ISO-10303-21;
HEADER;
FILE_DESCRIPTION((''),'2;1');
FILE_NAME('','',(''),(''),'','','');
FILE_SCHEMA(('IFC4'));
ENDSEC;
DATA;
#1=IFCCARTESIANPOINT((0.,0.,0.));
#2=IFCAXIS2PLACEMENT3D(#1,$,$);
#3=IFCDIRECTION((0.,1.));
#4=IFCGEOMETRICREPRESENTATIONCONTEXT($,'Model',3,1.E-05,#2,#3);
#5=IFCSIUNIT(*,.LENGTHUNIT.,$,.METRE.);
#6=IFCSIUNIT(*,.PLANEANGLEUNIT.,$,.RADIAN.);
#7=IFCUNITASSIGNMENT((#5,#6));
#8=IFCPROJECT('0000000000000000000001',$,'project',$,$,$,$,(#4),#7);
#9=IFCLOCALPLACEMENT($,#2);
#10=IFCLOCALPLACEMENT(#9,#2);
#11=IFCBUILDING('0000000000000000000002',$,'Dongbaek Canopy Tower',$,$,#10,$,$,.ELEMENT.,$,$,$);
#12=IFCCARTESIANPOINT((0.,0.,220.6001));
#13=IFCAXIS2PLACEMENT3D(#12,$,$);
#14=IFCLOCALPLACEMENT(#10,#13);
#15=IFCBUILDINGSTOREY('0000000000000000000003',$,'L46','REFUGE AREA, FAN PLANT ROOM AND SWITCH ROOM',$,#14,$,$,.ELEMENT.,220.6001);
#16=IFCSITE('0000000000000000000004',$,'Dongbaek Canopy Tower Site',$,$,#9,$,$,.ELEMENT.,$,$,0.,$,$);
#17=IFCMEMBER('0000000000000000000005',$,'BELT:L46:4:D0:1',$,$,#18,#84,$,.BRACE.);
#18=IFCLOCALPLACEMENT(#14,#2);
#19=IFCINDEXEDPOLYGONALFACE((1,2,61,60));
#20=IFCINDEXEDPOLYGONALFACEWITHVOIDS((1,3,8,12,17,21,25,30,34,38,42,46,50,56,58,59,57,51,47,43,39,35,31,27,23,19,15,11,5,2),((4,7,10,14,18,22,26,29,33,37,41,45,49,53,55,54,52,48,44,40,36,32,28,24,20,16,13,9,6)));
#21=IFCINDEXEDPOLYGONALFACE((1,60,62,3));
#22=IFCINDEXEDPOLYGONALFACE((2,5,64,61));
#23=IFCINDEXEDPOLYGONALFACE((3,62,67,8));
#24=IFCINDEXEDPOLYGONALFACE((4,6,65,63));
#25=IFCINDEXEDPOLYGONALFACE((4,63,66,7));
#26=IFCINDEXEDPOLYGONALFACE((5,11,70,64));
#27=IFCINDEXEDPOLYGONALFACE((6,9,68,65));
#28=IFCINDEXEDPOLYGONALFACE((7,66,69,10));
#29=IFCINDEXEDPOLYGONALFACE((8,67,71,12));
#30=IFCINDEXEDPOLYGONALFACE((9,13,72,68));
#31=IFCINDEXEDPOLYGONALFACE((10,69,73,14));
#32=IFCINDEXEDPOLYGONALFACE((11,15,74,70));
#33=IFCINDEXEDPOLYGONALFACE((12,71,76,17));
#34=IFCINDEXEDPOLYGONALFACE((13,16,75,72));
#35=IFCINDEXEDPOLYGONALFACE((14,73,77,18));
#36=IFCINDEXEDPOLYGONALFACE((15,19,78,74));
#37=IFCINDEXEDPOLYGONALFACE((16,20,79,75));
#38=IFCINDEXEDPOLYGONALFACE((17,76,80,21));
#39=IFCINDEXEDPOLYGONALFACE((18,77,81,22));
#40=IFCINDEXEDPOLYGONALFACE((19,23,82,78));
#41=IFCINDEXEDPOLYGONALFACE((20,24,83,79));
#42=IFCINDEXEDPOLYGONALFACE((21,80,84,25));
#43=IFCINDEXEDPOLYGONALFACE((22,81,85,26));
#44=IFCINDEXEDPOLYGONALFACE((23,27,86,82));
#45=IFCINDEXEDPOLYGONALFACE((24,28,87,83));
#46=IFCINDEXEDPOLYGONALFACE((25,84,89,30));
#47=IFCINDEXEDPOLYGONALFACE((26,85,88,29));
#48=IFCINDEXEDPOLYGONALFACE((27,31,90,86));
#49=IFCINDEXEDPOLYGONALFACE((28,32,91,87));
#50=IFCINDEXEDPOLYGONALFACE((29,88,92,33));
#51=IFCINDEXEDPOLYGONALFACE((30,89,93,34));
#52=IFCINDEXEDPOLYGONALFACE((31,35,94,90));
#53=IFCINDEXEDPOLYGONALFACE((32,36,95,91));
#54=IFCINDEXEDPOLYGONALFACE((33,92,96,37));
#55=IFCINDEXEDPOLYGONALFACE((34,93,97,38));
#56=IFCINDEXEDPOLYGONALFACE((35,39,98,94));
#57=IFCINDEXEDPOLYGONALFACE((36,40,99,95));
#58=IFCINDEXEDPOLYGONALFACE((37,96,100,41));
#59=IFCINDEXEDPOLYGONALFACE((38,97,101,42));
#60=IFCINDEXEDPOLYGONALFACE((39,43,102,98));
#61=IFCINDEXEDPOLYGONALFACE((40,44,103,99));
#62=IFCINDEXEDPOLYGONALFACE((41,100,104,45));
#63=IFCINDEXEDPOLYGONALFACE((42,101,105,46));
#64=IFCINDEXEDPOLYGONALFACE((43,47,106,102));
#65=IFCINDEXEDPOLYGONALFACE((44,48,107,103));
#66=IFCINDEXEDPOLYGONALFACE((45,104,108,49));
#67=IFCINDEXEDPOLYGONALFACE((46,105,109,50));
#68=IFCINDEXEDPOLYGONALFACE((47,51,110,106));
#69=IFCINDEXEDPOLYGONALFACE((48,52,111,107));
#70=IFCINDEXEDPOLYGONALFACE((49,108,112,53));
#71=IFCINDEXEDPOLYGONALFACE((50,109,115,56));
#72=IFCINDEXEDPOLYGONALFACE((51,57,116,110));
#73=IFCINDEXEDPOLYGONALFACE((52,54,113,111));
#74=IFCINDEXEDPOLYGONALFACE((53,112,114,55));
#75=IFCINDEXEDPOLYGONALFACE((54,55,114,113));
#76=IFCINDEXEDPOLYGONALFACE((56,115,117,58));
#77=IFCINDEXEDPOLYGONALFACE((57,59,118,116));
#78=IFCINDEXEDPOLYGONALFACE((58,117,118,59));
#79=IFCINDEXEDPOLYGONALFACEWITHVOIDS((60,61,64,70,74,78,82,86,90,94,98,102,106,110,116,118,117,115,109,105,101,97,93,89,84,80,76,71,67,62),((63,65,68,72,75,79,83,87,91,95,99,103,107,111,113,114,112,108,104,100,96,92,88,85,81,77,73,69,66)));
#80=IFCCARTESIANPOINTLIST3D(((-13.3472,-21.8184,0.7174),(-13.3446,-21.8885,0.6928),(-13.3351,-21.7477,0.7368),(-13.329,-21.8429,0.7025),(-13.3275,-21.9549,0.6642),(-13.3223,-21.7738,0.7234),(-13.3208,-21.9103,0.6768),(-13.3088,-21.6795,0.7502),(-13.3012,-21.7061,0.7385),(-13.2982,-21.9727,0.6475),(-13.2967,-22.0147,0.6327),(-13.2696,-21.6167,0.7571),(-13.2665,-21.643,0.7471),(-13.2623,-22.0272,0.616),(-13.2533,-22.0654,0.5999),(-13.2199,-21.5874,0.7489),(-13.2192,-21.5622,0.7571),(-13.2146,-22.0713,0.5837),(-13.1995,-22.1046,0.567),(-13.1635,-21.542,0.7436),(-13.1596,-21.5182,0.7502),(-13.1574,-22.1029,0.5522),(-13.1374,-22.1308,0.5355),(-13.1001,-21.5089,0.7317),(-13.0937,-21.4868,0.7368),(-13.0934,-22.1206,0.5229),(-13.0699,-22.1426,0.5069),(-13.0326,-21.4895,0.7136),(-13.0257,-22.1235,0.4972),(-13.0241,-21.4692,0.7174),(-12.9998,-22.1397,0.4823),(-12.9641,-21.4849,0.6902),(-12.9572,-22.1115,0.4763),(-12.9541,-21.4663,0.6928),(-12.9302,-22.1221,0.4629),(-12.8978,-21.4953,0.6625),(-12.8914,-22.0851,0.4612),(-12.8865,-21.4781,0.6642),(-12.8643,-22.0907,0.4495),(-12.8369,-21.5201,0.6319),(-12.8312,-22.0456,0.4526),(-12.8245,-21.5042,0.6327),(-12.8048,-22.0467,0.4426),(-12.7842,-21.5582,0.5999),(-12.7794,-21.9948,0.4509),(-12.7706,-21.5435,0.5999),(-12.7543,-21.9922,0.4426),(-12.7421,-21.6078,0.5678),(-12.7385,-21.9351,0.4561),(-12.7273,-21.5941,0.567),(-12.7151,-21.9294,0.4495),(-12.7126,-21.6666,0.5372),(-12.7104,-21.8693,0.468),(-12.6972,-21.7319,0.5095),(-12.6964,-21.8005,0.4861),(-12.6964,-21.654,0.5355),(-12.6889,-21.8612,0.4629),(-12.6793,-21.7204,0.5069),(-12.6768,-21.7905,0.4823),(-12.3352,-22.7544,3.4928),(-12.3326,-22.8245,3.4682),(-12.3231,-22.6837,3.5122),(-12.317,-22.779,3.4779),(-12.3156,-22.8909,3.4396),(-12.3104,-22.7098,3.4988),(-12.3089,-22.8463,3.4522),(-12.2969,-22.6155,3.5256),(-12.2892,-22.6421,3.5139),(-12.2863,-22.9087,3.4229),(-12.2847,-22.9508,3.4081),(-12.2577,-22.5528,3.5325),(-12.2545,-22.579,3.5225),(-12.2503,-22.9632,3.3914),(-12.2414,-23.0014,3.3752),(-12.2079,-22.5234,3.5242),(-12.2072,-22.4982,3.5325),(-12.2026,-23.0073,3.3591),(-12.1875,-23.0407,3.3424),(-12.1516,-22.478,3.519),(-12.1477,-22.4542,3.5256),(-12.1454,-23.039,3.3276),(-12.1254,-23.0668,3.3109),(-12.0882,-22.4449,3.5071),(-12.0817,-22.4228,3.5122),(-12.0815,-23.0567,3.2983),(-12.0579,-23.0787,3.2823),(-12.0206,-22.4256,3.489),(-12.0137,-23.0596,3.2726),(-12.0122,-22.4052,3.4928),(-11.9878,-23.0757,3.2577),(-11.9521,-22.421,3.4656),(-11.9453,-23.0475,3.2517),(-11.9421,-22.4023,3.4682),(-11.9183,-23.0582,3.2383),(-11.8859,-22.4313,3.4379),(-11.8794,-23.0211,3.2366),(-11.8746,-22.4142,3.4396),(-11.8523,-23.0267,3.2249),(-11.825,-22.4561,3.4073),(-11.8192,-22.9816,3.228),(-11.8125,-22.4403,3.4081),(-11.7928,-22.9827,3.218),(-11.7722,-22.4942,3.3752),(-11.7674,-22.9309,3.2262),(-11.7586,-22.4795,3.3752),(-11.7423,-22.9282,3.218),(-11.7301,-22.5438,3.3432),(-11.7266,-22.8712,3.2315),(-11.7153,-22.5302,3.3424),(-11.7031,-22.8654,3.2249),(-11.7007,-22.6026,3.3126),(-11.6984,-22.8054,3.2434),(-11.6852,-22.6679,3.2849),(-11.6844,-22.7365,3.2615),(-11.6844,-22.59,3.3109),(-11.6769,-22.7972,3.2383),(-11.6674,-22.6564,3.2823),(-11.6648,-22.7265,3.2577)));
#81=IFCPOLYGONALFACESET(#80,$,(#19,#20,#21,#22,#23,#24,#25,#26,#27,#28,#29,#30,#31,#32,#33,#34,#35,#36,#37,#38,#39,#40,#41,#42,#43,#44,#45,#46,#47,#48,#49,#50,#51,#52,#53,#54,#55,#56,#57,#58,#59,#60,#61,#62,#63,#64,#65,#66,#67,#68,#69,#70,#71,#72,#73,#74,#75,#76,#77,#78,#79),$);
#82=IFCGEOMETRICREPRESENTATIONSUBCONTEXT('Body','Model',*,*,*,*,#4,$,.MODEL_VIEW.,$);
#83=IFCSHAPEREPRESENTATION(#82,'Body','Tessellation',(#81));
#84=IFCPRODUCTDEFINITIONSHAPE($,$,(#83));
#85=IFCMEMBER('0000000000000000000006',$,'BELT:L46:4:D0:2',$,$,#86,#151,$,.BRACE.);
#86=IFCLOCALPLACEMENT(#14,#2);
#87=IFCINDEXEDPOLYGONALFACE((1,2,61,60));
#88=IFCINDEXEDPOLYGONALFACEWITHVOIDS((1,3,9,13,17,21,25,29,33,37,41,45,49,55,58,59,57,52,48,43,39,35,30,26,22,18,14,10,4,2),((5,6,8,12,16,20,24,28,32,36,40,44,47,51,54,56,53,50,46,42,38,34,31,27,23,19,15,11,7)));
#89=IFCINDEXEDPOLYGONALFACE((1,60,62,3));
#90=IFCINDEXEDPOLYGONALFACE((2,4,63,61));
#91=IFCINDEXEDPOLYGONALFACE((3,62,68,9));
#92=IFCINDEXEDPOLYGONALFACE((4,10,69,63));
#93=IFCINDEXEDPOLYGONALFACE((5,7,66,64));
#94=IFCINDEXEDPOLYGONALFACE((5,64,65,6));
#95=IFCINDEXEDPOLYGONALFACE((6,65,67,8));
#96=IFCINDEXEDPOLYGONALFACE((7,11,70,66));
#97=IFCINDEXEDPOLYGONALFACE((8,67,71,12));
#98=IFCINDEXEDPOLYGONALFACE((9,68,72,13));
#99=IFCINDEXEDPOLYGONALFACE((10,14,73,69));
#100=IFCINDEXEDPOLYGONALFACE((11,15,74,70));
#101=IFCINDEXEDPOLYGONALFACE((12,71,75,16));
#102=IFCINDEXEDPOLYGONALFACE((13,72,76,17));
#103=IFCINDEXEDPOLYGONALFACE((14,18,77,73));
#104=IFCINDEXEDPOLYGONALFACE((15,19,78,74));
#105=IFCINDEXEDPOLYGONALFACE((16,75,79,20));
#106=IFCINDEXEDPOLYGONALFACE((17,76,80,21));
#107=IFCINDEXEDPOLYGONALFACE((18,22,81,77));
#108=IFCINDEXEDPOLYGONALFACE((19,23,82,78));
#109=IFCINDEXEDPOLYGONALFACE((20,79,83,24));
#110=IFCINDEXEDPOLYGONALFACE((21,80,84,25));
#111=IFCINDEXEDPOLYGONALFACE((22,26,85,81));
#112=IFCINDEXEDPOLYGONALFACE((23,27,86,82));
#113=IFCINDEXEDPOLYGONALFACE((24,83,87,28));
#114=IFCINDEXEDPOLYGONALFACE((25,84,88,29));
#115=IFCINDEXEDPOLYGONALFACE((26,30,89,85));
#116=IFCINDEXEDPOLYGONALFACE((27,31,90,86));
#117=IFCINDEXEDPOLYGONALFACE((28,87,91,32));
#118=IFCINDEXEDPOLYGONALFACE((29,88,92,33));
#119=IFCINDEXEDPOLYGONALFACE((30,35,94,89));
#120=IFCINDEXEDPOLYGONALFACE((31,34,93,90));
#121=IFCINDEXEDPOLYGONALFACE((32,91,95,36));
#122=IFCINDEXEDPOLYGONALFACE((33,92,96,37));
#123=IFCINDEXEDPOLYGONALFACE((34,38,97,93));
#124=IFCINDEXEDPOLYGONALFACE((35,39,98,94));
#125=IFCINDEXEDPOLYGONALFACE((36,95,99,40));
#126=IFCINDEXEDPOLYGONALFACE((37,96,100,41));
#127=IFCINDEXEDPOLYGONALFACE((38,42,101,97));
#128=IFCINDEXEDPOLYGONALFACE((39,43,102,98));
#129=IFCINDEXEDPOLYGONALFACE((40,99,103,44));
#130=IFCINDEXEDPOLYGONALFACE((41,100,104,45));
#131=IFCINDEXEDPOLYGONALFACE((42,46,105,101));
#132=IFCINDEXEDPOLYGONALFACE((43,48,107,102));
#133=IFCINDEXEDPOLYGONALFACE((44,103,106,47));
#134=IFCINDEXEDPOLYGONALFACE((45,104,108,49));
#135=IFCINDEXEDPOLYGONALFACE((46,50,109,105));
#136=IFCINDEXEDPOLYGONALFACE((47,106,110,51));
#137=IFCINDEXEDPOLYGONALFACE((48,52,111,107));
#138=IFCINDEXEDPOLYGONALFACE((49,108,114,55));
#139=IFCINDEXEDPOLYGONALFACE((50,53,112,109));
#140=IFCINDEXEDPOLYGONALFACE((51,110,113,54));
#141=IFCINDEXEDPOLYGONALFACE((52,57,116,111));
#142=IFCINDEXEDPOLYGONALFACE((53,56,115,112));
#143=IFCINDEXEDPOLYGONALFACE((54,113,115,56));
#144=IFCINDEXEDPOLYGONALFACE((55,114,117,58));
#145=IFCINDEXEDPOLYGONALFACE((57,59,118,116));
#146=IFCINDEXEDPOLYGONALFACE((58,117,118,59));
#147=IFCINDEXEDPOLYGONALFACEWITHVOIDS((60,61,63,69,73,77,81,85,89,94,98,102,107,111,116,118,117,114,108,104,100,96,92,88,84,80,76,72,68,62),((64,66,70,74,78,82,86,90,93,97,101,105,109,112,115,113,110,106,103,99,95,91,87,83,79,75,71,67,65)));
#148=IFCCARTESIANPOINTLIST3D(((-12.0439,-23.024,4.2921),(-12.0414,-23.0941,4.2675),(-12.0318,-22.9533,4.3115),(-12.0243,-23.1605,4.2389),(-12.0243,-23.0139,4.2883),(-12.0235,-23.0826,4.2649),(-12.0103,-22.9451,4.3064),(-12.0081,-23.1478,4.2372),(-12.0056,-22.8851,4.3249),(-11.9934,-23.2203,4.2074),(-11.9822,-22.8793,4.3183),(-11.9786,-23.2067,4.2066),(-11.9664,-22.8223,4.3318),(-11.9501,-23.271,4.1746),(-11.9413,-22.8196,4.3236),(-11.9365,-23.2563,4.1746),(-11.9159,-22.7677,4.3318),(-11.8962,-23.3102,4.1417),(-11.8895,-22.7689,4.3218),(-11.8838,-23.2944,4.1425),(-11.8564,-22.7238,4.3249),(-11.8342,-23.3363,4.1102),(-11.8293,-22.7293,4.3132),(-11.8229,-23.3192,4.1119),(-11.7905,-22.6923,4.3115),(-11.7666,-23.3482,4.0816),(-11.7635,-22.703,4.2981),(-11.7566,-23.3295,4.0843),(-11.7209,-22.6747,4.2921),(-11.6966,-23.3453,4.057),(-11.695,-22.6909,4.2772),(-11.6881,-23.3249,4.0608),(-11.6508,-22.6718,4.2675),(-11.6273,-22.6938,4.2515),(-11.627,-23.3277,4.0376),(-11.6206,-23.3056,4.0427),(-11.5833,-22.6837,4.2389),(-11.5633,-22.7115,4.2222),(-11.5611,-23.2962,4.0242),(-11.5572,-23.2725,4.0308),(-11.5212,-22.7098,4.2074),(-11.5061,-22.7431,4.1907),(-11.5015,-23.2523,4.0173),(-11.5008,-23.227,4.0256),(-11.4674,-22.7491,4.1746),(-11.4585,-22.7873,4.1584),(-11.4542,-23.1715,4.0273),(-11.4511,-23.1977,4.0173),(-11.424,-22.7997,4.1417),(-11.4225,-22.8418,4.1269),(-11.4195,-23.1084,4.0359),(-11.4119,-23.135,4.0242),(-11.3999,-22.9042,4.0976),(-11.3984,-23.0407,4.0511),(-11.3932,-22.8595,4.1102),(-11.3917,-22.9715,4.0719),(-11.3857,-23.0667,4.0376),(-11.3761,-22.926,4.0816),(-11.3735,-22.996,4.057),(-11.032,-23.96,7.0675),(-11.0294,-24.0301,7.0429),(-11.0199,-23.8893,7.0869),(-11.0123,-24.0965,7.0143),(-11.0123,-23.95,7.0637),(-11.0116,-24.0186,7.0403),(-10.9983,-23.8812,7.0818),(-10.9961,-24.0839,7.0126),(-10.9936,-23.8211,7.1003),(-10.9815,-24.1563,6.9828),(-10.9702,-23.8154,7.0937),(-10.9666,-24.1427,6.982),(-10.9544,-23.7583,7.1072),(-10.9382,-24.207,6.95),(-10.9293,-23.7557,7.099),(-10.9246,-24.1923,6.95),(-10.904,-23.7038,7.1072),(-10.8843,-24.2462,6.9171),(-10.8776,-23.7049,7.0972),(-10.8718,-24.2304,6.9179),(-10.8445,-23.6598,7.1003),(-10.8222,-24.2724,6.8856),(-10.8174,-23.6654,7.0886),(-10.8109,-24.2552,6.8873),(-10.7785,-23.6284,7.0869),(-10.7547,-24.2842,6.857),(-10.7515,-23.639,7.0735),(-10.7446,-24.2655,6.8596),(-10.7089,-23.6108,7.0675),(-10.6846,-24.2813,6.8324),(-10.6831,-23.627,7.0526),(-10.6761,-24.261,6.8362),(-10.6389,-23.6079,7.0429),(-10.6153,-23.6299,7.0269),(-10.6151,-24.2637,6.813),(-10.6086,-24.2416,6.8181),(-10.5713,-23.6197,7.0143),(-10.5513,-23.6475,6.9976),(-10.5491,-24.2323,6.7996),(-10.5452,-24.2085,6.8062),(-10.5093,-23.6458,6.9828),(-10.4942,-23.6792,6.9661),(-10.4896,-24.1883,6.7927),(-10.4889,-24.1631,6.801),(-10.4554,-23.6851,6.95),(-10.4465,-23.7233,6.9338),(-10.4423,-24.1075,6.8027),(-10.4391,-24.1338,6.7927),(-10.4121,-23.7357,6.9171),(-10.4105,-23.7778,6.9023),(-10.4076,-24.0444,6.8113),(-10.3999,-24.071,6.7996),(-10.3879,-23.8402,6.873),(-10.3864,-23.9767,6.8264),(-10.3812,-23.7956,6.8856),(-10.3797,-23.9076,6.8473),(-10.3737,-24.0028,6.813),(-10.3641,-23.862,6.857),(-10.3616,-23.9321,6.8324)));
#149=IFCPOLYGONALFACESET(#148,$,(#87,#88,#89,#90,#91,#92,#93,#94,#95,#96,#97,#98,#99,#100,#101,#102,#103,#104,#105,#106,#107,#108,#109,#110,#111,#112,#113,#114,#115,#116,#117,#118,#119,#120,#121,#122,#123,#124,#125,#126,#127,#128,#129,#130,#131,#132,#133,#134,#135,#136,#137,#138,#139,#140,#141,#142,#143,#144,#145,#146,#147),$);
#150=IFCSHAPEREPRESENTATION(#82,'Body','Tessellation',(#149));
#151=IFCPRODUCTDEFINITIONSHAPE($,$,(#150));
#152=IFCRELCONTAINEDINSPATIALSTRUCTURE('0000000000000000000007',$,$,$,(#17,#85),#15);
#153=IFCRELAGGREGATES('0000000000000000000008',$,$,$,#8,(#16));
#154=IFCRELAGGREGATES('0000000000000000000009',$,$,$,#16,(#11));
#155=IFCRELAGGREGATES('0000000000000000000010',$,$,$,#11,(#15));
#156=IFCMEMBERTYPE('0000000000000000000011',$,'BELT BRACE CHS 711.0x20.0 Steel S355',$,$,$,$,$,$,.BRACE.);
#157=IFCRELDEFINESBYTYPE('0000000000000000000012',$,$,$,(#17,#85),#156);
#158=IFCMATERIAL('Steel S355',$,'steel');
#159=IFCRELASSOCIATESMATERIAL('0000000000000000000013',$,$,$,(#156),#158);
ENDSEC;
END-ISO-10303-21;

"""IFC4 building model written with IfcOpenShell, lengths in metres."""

from ifc_helpers import new_model, si_unit, direction, frame, origin, origin_2d, place, context, subcontext, project, spatial, hollow_circle, extrude, material, material_profile, profile_set, type_object, element, save


model = new_model("IFC4")

# Units and contexts
model_context = context("Model", 3, precision=1e-05, world=origin(), true_north=direction((0.0, 1.0)))
body_context = subcontext(model_context, "Body", "Model", "MODEL_VIEW")
ifc_project = project(units=[si_unit("LENGTHUNIT", "METRE"), si_unit("PLANEANGLEUNIT", "RADIAN")], contexts=[model_context])

# Site, building, storey
site_placement = place(None, origin())
site = spatial("IfcSite", under=ifc_project, at=site_placement, Name="Dongbaek Canopy Tower Site", CompositionType="ELEMENT", RefElevation=0.0)
building_placement = place(site_placement, origin())
building = spatial("IfcBuilding", under=site, at=building_placement, Name="Dongbaek Canopy Tower", CompositionType="ELEMENT")
storey_placement = place(building_placement, frame((0.0, 0.0, 220.6001)))
storey = spatial("IfcBuildingStorey", under=building, at=storey_placement, Name="L46", Description="REFUGE AREA, FAN PLANT ROOM AND SWITCH ROOM", CompositionType="ELEMENT", Elevation=220.6001)

# Members
ifc_material_1 = material(Name="Steel S355", Category="steel")
ifc_material_profile_1 = material_profile(ifc_material_1, hollow_circle(Radius=0.3555, WallThickness=0.02, at=origin_2d()), Name="BELT BRACE CHS 711.0x20.0 Steel S355")
ifc_profile_set_1 = profile_set([ifc_material_profile_1], Name="Steel S355")
member_type_1 = type_object("IfcMemberType", Name="BELT BRACE CHS 711.0x20.0 Steel S355", PredefinedType="BRACE", material=ifc_profile_set_1)
for number, where, z_axis, x_axis, name in (
    (1, (-13.012, -21.8044, 0.5999), (0.326558, -0.302056, 0.895612), (0.67903, 0.73411, 0.0), "BELT:L46:4:D0:1"),
    (2, (-10.6968, -23.946, 6.95), (-0.326558, 0.302056, -0.895612), (-0.67903, -0.73411, 0.0), "BELT:L46:4:D0:2"),
):
    element("IfcMember", number, at=place(storey_placement, frame(where, z_axis=z_axis, x_axis=x_axis)), inside=storey, type_object=member_type_1, Name=name, PredefinedType="BRACE", context=body_context, shape_type="SweptSolid", body=[
        extrude(hollow_circle(Radius=0.3555, WallThickness=0.02, at=origin_2d()), origin(), (0.0, 0.0, 1.0), 3.0989),
    ])

save(model, "model.ifc")
